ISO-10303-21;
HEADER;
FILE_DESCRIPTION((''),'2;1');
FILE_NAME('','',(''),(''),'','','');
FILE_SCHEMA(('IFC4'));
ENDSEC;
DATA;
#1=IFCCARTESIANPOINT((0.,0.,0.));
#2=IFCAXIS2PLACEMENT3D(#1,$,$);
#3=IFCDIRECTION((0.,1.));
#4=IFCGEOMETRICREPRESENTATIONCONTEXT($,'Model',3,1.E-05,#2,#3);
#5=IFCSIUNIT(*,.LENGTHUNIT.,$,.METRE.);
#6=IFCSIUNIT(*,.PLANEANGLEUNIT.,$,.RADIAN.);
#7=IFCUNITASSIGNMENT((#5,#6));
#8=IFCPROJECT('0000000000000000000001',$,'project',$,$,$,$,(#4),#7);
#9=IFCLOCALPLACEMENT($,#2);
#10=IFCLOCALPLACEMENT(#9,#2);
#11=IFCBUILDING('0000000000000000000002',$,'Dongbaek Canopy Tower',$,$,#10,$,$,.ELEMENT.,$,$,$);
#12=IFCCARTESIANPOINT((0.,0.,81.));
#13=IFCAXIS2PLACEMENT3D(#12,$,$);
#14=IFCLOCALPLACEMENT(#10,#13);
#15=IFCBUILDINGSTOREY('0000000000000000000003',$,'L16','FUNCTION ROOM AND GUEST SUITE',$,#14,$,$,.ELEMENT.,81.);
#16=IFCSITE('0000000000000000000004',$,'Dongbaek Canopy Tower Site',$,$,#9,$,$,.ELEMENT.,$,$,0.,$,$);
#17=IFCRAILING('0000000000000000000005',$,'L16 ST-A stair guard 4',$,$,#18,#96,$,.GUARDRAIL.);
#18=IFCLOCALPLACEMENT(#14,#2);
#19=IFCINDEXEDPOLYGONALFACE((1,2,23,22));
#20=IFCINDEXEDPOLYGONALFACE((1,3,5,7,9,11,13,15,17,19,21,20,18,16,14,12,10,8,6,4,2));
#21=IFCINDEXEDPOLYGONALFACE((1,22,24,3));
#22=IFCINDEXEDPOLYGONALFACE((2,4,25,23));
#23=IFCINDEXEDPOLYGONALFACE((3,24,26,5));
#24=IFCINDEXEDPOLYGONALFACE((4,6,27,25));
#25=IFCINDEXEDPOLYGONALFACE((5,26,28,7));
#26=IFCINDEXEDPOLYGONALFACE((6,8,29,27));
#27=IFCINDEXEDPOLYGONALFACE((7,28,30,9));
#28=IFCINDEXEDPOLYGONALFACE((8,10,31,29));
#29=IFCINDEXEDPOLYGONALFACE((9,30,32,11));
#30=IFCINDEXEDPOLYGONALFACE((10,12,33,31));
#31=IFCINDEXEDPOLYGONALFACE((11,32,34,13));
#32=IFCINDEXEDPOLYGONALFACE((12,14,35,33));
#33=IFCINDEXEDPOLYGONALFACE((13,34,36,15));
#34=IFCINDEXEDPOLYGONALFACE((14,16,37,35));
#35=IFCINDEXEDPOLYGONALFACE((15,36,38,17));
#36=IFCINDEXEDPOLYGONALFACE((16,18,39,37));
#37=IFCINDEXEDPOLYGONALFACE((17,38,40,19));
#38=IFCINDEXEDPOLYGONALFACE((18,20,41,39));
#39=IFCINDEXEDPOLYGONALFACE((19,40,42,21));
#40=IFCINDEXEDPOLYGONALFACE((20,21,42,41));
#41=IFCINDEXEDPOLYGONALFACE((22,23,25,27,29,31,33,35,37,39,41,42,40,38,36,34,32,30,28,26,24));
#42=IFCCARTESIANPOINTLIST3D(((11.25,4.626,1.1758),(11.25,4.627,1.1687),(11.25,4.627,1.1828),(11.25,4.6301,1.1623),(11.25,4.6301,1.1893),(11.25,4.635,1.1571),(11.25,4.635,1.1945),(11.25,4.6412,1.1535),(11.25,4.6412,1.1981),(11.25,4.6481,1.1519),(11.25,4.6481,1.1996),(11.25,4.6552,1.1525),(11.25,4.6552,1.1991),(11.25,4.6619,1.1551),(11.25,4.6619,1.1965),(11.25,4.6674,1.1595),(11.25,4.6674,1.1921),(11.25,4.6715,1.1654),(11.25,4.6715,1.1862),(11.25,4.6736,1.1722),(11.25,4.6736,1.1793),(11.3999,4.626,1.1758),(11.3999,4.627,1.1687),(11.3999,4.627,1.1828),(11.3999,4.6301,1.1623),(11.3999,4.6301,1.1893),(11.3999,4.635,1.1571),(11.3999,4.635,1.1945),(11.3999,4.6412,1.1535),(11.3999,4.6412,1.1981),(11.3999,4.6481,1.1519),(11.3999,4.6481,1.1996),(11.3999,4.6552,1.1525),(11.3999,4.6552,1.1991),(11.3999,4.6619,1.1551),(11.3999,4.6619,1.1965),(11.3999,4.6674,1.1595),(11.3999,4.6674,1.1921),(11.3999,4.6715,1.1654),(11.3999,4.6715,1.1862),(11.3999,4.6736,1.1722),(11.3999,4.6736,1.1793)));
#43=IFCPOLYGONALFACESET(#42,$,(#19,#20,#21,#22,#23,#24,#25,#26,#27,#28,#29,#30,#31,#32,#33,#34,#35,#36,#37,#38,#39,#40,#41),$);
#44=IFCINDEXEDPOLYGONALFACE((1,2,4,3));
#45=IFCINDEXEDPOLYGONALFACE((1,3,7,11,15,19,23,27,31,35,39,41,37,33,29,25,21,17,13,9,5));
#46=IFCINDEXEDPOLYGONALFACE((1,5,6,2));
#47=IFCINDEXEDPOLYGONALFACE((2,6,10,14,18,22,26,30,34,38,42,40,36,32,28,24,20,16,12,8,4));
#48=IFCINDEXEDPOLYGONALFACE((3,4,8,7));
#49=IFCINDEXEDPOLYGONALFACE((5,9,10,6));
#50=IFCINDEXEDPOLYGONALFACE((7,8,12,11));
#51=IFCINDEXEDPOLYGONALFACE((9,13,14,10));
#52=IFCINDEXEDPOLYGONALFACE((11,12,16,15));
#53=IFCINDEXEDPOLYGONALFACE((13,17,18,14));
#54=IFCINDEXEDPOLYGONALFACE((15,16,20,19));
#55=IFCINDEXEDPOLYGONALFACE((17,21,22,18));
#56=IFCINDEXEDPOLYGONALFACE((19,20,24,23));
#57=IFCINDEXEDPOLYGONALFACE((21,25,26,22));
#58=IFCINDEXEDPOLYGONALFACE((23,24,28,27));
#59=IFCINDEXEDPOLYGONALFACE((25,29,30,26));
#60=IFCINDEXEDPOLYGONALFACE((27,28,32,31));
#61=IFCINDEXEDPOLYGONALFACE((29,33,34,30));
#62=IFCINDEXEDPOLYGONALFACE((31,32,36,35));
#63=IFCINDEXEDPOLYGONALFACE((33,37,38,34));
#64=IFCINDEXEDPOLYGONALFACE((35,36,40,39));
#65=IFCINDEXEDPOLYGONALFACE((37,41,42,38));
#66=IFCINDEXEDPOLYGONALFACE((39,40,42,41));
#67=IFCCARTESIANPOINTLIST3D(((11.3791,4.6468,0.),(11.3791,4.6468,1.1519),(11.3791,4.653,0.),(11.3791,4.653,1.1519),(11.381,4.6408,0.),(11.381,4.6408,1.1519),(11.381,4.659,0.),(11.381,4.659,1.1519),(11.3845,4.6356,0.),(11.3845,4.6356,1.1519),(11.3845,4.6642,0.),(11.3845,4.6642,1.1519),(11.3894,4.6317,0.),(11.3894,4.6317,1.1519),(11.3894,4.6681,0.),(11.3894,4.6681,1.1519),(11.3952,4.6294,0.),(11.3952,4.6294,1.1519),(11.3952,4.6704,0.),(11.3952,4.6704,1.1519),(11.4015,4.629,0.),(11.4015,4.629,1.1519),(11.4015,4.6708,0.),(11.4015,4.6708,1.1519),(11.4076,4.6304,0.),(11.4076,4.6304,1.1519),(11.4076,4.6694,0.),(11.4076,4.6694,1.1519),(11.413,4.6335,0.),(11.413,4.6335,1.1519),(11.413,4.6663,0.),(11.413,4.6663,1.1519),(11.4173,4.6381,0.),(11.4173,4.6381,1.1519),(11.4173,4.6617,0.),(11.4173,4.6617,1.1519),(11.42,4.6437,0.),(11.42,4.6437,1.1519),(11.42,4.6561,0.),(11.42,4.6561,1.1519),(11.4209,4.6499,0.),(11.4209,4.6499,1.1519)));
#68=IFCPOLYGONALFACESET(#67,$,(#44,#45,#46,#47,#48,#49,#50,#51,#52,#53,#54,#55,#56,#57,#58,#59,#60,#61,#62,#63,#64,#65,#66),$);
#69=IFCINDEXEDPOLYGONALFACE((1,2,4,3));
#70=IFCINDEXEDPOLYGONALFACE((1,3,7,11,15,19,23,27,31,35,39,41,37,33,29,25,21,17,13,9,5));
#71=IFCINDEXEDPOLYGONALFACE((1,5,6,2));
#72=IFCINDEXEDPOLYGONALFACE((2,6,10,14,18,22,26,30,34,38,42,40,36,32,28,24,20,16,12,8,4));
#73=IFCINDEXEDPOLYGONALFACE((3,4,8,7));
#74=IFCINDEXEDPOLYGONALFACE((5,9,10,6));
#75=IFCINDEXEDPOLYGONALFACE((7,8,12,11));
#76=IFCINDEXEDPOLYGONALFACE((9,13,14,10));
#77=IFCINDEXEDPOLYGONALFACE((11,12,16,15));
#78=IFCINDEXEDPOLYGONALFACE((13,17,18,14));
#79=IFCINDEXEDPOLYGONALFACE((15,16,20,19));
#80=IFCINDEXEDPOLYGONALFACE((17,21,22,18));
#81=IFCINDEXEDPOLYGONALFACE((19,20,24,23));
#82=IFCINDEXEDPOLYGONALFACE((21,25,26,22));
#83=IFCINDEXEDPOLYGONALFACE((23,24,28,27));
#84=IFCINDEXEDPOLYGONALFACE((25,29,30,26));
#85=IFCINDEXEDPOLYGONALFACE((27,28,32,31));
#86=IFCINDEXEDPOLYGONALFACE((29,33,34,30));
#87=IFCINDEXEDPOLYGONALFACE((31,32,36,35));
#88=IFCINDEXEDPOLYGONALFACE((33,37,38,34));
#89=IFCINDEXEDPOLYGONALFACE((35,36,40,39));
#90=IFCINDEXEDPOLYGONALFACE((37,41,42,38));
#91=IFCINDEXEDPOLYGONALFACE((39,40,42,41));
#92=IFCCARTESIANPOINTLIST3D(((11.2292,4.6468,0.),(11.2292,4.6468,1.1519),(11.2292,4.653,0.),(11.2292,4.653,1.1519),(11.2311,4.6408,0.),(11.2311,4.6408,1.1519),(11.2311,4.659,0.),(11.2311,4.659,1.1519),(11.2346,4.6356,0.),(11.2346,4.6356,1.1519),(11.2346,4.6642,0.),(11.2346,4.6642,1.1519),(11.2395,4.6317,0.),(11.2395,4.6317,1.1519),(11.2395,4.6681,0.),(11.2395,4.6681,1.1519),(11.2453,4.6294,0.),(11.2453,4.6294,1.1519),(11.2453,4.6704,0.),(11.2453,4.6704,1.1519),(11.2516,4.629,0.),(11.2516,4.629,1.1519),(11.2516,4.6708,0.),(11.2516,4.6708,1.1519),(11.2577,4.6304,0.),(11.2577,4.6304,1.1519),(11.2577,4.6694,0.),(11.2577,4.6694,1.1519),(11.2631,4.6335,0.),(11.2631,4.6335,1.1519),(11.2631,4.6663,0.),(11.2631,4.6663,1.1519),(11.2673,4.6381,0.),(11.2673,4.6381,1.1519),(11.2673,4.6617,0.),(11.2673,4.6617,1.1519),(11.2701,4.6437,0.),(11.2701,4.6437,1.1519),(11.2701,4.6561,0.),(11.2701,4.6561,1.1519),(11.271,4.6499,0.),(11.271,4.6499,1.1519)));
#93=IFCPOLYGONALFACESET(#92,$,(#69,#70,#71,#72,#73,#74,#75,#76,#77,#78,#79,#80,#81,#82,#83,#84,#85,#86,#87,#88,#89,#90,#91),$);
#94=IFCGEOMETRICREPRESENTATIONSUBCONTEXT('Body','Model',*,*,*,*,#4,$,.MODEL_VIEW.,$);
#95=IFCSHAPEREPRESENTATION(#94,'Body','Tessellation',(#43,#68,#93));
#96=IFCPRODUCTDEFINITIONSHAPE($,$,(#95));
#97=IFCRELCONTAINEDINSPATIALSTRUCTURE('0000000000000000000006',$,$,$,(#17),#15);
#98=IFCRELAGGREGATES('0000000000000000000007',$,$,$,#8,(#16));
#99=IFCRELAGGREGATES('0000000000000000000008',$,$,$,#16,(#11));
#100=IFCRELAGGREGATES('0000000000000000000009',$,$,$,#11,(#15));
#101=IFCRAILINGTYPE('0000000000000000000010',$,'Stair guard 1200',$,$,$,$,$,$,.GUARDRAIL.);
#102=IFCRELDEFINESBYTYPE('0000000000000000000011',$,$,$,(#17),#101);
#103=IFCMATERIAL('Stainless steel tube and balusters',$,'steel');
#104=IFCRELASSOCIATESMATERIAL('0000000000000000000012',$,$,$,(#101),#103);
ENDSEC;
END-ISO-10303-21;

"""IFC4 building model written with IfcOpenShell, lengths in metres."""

from ifc_helpers import new_model, si_unit, direction, frame, origin, origin_2d, place, context, subcontext, project, spatial, circle, extrude, material, type_object, element, save


model = new_model("IFC4")

# Units and contexts
model_context = context("Model", 3, precision=1e-05, world=origin(), true_north=direction((0.0, 1.0)))
body_context = subcontext(model_context, "Body", "Model", "MODEL_VIEW")
ifc_project = project(units=[si_unit("LENGTHUNIT", "METRE"), si_unit("PLANEANGLEUNIT", "RADIAN")], contexts=[model_context])

# Site, building, storey
site_placement = place(None, origin())
site = spatial("IfcSite", under=ifc_project, at=site_placement, Name="Dongbaek Canopy Tower Site", CompositionType="ELEMENT", RefElevation=0.0)
building_placement = place(site_placement, origin())
building = spatial("IfcBuilding", under=site, at=building_placement, Name="Dongbaek Canopy Tower", CompositionType="ELEMENT")
storey_placement = place(building_placement, frame((0.0, 0.0, 81.0)))
storey = spatial("IfcBuildingStorey", under=building, at=storey_placement, Name="L16", Description="FUNCTION ROOM AND GUEST SUITE", CompositionType="ELEMENT", Elevation=81.0)

# Railing
ifc_material_1 = material(Name="Stainless steel tube and balusters", Category="steel")
railing_type_1 = type_object("IfcRailingType", Name="Stair guard 1200", PredefinedType="GUARDRAIL", material=ifc_material_1)
railing_1_placement = place(storey_placement, frame((11.3999, 4.6499, 0.0)))
element("IfcRailing", 1, at=railing_1_placement, inside=storey, type_object=railing_type_1, Name="L16 ST-A stair guard 4", PredefinedType="GUARDRAIL", context=body_context, shape_type="SweptSolid", body=[
    extrude(circle(Radius=0.0239, at=origin_2d()), frame((0.0, 0.0, 1.1758), z_axis=(-1.0, 0.0, 0.0), x_axis=(0.0, -1.0, 0.0)), (0.0, 0.0, 1.0), 0.1499),
    extrude(circle(Radius=0.021, at=origin_2d()), origin(), (0.0, 0.0, 1.0), 1.1519),
    extrude(circle(Radius=0.021, at=origin_2d()), frame((-0.1499, 0.0, 0.0)), (0.0, 0.0, 1.0), 1.1519),
])

save(model, "model.ifc")
